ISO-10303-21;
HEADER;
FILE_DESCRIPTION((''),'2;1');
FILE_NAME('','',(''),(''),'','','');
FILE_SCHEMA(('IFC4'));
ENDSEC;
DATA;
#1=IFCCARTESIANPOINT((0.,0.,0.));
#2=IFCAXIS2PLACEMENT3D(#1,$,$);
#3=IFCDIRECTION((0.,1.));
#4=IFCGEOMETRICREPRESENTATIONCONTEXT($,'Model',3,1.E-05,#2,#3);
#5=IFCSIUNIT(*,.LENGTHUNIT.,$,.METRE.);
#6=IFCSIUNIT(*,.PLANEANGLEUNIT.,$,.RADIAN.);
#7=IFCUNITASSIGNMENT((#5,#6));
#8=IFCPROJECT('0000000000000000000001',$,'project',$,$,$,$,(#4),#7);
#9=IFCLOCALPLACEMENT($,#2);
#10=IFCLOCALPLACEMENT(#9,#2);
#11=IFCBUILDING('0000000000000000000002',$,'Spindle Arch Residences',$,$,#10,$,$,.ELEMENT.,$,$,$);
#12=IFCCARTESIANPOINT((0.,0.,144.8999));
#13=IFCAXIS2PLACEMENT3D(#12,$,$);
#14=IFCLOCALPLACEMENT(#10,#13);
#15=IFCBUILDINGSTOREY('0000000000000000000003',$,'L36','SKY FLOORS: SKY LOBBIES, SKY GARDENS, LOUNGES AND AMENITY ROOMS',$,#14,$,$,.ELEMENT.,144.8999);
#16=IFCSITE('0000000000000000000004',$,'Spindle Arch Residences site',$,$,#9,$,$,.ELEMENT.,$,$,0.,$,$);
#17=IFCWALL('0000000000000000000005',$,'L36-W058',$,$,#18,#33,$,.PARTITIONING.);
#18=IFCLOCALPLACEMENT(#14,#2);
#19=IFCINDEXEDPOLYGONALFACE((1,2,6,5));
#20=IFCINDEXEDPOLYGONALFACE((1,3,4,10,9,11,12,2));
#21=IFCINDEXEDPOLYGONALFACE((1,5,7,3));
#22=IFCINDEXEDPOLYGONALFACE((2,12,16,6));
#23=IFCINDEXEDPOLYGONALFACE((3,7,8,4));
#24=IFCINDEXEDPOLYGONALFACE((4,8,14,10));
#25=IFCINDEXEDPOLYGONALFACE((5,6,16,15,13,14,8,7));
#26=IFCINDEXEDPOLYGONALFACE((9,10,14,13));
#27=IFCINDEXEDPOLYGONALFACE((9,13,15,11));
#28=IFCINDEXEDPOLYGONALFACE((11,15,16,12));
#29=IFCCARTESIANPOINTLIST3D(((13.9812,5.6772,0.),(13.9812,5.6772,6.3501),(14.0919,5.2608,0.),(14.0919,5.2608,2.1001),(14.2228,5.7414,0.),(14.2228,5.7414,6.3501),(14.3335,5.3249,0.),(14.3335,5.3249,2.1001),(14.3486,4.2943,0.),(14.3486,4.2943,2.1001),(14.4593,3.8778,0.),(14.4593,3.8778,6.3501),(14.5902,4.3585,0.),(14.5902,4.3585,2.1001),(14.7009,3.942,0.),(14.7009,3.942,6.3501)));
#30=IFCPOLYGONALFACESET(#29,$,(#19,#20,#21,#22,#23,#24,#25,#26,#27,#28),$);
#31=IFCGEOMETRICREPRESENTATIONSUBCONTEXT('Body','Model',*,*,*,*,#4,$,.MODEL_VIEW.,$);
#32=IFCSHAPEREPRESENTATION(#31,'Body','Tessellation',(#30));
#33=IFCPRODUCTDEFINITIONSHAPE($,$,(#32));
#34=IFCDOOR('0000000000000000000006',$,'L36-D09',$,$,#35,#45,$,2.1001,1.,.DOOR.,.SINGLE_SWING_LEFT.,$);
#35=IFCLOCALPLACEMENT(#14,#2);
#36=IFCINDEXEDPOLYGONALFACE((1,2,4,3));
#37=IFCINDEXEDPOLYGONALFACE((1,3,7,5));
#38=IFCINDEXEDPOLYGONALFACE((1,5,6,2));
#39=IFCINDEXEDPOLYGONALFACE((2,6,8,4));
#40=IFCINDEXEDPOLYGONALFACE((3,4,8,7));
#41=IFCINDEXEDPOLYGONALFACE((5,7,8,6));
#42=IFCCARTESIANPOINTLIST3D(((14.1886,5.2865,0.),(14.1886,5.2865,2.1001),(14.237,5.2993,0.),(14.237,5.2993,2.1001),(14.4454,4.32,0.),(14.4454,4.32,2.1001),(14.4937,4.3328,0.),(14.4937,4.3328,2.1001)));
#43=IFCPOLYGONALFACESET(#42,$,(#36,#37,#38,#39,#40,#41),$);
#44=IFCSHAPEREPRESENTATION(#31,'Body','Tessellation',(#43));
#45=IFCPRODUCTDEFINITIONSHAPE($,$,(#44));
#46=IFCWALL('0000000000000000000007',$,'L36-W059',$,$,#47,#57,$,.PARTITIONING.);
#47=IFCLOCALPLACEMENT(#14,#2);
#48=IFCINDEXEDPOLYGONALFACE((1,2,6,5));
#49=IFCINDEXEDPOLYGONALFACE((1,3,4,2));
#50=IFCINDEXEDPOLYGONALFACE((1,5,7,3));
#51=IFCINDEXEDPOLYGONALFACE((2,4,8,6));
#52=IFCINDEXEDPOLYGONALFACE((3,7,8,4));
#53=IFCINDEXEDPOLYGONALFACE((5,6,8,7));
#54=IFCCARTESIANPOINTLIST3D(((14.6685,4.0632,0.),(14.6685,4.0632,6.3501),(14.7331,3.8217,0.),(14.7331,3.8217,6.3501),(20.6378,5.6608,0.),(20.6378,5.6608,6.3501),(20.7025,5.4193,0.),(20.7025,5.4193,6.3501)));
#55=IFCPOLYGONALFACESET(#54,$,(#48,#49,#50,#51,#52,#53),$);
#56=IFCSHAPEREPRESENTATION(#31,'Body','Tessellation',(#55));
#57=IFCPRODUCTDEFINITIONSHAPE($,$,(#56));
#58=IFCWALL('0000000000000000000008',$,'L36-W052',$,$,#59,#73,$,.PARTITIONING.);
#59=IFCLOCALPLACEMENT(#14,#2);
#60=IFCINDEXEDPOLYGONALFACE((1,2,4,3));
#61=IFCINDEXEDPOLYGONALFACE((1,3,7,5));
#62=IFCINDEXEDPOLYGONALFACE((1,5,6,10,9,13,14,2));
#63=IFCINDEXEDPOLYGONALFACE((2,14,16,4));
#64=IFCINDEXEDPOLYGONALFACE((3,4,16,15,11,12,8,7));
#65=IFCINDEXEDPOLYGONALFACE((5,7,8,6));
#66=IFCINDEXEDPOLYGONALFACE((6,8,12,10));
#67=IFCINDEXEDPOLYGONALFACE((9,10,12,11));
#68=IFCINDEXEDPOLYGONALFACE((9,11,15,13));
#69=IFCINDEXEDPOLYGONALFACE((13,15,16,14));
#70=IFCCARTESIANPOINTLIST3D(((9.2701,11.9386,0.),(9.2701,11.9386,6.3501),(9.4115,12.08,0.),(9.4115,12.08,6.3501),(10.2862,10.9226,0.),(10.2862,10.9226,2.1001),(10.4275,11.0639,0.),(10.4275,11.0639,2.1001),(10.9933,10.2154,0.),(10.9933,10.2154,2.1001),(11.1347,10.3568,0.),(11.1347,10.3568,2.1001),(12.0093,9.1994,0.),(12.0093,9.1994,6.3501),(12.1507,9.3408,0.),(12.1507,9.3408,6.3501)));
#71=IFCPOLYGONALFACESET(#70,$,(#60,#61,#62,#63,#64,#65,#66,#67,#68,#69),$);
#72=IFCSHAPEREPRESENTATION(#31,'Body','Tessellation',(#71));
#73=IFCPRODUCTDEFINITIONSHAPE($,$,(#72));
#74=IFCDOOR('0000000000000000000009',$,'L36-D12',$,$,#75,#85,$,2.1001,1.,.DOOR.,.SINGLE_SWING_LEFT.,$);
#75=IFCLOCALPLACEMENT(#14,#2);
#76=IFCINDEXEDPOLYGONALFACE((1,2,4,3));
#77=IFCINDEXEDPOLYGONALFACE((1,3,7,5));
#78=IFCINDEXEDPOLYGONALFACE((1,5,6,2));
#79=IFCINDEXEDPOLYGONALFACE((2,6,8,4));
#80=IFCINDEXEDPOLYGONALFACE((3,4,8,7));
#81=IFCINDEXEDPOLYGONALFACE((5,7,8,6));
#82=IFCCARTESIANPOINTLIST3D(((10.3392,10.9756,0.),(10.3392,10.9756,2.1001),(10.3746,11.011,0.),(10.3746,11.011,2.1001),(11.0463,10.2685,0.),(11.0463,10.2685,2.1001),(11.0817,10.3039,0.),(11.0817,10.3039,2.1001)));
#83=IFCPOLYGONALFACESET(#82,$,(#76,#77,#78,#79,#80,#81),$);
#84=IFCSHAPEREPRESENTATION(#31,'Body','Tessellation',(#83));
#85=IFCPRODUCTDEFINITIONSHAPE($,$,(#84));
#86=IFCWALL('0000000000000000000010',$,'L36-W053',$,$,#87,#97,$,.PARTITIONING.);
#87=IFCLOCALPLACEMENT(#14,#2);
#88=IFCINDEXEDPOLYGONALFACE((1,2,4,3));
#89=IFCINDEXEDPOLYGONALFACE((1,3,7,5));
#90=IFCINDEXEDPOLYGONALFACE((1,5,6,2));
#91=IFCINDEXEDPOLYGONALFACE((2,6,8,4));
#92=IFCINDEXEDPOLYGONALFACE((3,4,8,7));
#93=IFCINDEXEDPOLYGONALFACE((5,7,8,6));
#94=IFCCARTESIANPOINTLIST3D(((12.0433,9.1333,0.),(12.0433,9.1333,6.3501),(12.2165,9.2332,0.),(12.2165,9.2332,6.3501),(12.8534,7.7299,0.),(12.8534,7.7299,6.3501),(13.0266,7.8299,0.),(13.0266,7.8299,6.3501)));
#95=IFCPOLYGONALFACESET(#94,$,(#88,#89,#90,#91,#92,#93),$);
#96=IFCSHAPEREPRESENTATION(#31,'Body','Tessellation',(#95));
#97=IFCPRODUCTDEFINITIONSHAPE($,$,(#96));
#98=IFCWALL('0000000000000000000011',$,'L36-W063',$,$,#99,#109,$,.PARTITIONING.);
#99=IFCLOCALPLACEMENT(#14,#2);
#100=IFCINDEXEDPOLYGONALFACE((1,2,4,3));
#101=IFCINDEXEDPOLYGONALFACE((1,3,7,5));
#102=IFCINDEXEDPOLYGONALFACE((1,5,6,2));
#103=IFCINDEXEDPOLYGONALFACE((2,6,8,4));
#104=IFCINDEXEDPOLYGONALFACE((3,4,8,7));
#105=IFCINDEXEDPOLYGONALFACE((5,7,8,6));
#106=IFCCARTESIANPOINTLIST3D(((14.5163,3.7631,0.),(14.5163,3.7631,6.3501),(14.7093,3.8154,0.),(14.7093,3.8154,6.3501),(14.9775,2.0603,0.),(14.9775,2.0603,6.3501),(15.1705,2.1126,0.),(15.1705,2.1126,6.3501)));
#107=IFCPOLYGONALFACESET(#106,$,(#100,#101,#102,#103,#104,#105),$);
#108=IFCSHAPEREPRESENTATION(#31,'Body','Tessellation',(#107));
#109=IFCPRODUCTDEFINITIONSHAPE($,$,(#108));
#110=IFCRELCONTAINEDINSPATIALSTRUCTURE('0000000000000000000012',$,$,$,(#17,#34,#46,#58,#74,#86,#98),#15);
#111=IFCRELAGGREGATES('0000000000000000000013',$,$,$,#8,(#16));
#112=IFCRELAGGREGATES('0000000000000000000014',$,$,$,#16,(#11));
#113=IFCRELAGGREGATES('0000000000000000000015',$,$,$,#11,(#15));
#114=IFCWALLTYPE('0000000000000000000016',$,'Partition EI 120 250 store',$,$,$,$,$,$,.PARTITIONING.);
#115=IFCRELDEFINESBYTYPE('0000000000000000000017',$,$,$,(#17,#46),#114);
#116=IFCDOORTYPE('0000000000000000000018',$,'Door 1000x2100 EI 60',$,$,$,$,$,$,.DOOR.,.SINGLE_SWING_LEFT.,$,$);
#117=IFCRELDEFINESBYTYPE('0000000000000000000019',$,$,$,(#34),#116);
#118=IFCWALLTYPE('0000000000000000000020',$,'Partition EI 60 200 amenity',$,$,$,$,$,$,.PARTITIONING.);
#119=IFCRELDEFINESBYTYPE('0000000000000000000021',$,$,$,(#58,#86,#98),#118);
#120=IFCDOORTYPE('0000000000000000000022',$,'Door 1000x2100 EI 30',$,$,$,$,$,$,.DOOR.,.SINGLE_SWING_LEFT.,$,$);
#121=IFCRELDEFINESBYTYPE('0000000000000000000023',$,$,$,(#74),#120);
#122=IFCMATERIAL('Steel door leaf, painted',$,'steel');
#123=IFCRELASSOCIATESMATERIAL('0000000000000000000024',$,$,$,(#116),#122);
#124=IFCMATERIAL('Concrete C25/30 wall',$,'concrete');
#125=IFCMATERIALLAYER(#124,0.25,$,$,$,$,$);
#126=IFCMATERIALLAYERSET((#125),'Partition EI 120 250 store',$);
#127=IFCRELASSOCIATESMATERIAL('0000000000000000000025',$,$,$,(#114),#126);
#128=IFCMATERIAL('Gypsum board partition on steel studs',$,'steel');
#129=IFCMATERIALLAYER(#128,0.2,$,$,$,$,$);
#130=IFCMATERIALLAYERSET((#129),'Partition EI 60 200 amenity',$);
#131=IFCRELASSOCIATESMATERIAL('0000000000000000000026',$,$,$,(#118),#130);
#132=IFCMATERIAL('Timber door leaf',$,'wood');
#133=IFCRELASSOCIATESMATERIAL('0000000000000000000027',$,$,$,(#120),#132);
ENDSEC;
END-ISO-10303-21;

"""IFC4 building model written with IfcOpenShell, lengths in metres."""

from ifc_helpers import new_model, si_unit, direction, frame, frame_2d, origin, place, context, subcontext, project, spatial, rectangle, extrude, material, layer, layer_set, type_object, element, fill, save


model = new_model("IFC4")

# Units and contexts
model_context = context("Model", 3, precision=1e-05, world=origin(), true_north=direction((0.0, 1.0)))
body_context = subcontext(model_context, "Body", "Model", "MODEL_VIEW")
ifc_project = project(units=[si_unit("LENGTHUNIT", "METRE"), si_unit("PLANEANGLEUNIT", "RADIAN")], contexts=[model_context])

# Site, building, storey
site_placement = place(None, origin())
site = spatial("IfcSite", under=ifc_project, at=site_placement, Name="Spindle Arch Residences site", CompositionType="ELEMENT", RefElevation=0.0)
building_placement = place(site_placement, origin())
building = spatial("IfcBuilding", under=site, at=building_placement, Name="Spindle Arch Residences", CompositionType="ELEMENT")
storey_placement = place(building_placement, frame((0.0, 0.0, 144.8999)))
storey = spatial("IfcBuildingStorey", under=building, at=storey_placement, Name="L36", Description="SKY FLOORS: SKY LOBBIES, SKY GARDENS, LOUNGES AND AMENITY ROOMS", CompositionType="ELEMENT", Elevation=144.8999)

# Shared definitions
ifc_material_1 = material(Name="Steel door leaf, painted", Category="steel")
door_type_1 = type_object("IfcDoorType", Name="Door 1000x2100 EI 60", OperationType="SINGLE_SWING_LEFT", PredefinedType="DOOR", material=ifc_material_1)

# Wall, opening, door
ifc_material_2 = material(Name="Concrete C25/30 wall", Category="concrete")
ifc_layer_1 = layer(ifc_material_2, 0.25)
ifc_layer_set_1 = layer_set([ifc_layer_1], Name="Partition EI 120 250 store")
wall_type_1 = type_object("IfcWallType", Name="Partition EI 120 250 store", PredefinedType="PARTITIONING", material=ifc_layer_set_1)
wall_1_placement = place(storey_placement, frame((14.5801, 3.9099, 0.0), z_axis=(0.0, 0.0, 1.0), x_axis=(-0.256765, 0.966474, 0.0)))
wall_1 = element("IfcWall", 1, at=wall_1_placement, inside=storey, type_object=wall_type_1, Name="L36-W058", PredefinedType="PARTITIONING", context=body_context, shape_type="SweptSolid", body=[
    extrude(rectangle(XDim=1.8618, YDim=0.25, at=frame_2d((0.9309, 0.0))), origin(), (0.0, 0.0, 1.0), 6.3501),
])
opening_1_placement = place(wall_1_placement, frame((0.4309, 0.0, 0.0)))
opening_1 = element("IfcOpeningElement", 2, at=opening_1_placement, cuts=wall_1, PredefinedType="OPENING", context=body_context, shape_type="SweptSolid", body=[
    extrude(rectangle(XDim=1.0, YDim=2.1001, at=frame_2d((0.5, 1.05))), frame((0.0, 0.135, 0.0), z_axis=(0.0, -1.0, 0.0), x_axis=(1.0, 0.0, 0.0)), (0.0, 0.0, 1.0), 0.27),
])
door_1_placement = place(opening_1_placement, origin())
door_1 = element("IfcDoor", 3, at=door_1_placement, inside=storey, type_object=door_type_1, Name="L36-D09", OperationType="SINGLE_SWING_LEFT", OverallHeight=2.1001, OverallWidth=1.0, PredefinedType="DOOR", context=body_context, shape_type="SweptSolid", body=[
    extrude(rectangle(XDim=1.0, YDim=2.1001, at=frame_2d((0.5, 1.05))), frame((0.0, 0.0249, 0.0), z_axis=(0.0, -1.0, 0.0), x_axis=(1.0, 0.0, 0.0)), (0.0, 0.0, 1.0), 0.05),
])
fill(opening_1, door_1)

# Wall
wall_2_placement = place(storey_placement, frame((14.7007, 3.9424, 0.0), z_axis=(0.0, 0.0, 1.0), x_axis=(0.965998, 0.258548, 0.0)))
element("IfcWall", 4, at=wall_2_placement, inside=storey, type_object=wall_type_1, Name="L36-W059", PredefinedType="PARTITIONING", context=body_context, shape_type="SweptSolid", body=[
    extrude(rectangle(XDim=6.1794, YDim=0.25, at=frame_2d((3.0898, 0.0))), origin(), (0.0, 0.0, 1.0), 6.3501),
])

# Wall, opening, door
ifc_material_3 = material(Name="Gypsum board partition on steel studs", Category="steel")
ifc_layer_2 = layer(ifc_material_3, 0.2)
ifc_layer_set_2 = layer_set([ifc_layer_2], Name="Partition EI 60 200 amenity")
wall_type_2 = type_object("IfcWallType", Name="Partition EI 60 200 amenity", PredefinedType="PARTITIONING", material=ifc_layer_set_2)
wall_3_placement = place(storey_placement, frame((12.0801, 9.27, 0.0), z_axis=(0.0, 0.0, 1.0), x_axis=(-0.707107, 0.707107, 0.0)))
wall_3 = element("IfcWall", 5, at=wall_3_placement, inside=storey, type_object=wall_type_2, Name="L36-W052", PredefinedType="PARTITIONING", context=body_context, shape_type="SweptSolid", body=[
    extrude(rectangle(XDim=3.8738, YDim=0.2, at=frame_2d((1.937, 0.0))), origin(), (0.0, 0.0, 1.0), 6.3501),
])
opening_2_placement = place(wall_3_placement, frame((1.437, 0.0, 0.0)))
opening_2 = element("IfcOpeningElement", 6, at=opening_2_placement, cuts=wall_3, PredefinedType="OPENING", context=body_context, shape_type="SweptSolid", body=[
    extrude(rectangle(XDim=1.0, YDim=2.1001, at=frame_2d((0.5, 1.05))), frame((0.0, 0.1099, 0.0), z_axis=(0.0, -1.0, 0.0), x_axis=(1.0, 0.0, 0.0)), (0.0, 0.0, 1.0), 0.22),
])
ifc_material_4 = material(Name="Timber door leaf", Category="wood")
door_type_2 = type_object("IfcDoorType", Name="Door 1000x2100 EI 30", OperationType="SINGLE_SWING_LEFT", PredefinedType="DOOR", material=ifc_material_4)
door_2_placement = place(opening_2_placement, origin())
door_2 = element("IfcDoor", 7, at=door_2_placement, inside=storey, type_object=door_type_2, Name="L36-D12", OperationType="SINGLE_SWING_LEFT", OverallHeight=2.1001, OverallWidth=1.0, PredefinedType="DOOR", context=body_context, shape_type="SweptSolid", body=[
    extrude(rectangle(XDim=1.0, YDim=2.1001, at=frame_2d((0.5, 1.05))), frame((0.0, 0.0249, 0.0), z_axis=(0.0, -1.0, 0.0), x_axis=(1.0, 0.0, 0.0)), (0.0, 0.0, 1.0), 0.05),
])
fill(opening_2, door_2)

# Walls
wall_4_placement = place(storey_placement, frame((12.9399, 7.78, 0.0), z_axis=(0.0, 0.0, 1.0), x_axis=(-0.499931, 0.866065, 0.0)))
element("IfcWall", 8, at=wall_4_placement, inside=storey, type_object=wall_type_2, Name="L36-W053", PredefinedType="PARTITIONING", context=body_context, shape_type="SweptSolid", body=[
    extrude(rectangle(XDim=1.6204, YDim=0.2, at=frame_2d((0.8101, 0.0))), origin(), (0.0, 0.0, 1.0), 6.3501),
])
wall_5_placement = place(storey_placement, frame((15.074, 2.0864, 0.0), z_axis=(0.0, 0.0, 1.0), x_axis=(-0.261407, 0.965229, 0.0)))
element("IfcWall", 9, at=wall_5_placement, inside=storey, type_object=wall_type_2, Name="L36-W063", PredefinedType="PARTITIONING", context=body_context, shape_type="SweptSolid", body=[
    extrude(rectangle(XDim=1.7642, YDim=0.2, at=frame_2d((0.8821, 0.0))), origin(), (0.0, 0.0, 1.0), 6.3501),
])

save(model, "model.ifc")
